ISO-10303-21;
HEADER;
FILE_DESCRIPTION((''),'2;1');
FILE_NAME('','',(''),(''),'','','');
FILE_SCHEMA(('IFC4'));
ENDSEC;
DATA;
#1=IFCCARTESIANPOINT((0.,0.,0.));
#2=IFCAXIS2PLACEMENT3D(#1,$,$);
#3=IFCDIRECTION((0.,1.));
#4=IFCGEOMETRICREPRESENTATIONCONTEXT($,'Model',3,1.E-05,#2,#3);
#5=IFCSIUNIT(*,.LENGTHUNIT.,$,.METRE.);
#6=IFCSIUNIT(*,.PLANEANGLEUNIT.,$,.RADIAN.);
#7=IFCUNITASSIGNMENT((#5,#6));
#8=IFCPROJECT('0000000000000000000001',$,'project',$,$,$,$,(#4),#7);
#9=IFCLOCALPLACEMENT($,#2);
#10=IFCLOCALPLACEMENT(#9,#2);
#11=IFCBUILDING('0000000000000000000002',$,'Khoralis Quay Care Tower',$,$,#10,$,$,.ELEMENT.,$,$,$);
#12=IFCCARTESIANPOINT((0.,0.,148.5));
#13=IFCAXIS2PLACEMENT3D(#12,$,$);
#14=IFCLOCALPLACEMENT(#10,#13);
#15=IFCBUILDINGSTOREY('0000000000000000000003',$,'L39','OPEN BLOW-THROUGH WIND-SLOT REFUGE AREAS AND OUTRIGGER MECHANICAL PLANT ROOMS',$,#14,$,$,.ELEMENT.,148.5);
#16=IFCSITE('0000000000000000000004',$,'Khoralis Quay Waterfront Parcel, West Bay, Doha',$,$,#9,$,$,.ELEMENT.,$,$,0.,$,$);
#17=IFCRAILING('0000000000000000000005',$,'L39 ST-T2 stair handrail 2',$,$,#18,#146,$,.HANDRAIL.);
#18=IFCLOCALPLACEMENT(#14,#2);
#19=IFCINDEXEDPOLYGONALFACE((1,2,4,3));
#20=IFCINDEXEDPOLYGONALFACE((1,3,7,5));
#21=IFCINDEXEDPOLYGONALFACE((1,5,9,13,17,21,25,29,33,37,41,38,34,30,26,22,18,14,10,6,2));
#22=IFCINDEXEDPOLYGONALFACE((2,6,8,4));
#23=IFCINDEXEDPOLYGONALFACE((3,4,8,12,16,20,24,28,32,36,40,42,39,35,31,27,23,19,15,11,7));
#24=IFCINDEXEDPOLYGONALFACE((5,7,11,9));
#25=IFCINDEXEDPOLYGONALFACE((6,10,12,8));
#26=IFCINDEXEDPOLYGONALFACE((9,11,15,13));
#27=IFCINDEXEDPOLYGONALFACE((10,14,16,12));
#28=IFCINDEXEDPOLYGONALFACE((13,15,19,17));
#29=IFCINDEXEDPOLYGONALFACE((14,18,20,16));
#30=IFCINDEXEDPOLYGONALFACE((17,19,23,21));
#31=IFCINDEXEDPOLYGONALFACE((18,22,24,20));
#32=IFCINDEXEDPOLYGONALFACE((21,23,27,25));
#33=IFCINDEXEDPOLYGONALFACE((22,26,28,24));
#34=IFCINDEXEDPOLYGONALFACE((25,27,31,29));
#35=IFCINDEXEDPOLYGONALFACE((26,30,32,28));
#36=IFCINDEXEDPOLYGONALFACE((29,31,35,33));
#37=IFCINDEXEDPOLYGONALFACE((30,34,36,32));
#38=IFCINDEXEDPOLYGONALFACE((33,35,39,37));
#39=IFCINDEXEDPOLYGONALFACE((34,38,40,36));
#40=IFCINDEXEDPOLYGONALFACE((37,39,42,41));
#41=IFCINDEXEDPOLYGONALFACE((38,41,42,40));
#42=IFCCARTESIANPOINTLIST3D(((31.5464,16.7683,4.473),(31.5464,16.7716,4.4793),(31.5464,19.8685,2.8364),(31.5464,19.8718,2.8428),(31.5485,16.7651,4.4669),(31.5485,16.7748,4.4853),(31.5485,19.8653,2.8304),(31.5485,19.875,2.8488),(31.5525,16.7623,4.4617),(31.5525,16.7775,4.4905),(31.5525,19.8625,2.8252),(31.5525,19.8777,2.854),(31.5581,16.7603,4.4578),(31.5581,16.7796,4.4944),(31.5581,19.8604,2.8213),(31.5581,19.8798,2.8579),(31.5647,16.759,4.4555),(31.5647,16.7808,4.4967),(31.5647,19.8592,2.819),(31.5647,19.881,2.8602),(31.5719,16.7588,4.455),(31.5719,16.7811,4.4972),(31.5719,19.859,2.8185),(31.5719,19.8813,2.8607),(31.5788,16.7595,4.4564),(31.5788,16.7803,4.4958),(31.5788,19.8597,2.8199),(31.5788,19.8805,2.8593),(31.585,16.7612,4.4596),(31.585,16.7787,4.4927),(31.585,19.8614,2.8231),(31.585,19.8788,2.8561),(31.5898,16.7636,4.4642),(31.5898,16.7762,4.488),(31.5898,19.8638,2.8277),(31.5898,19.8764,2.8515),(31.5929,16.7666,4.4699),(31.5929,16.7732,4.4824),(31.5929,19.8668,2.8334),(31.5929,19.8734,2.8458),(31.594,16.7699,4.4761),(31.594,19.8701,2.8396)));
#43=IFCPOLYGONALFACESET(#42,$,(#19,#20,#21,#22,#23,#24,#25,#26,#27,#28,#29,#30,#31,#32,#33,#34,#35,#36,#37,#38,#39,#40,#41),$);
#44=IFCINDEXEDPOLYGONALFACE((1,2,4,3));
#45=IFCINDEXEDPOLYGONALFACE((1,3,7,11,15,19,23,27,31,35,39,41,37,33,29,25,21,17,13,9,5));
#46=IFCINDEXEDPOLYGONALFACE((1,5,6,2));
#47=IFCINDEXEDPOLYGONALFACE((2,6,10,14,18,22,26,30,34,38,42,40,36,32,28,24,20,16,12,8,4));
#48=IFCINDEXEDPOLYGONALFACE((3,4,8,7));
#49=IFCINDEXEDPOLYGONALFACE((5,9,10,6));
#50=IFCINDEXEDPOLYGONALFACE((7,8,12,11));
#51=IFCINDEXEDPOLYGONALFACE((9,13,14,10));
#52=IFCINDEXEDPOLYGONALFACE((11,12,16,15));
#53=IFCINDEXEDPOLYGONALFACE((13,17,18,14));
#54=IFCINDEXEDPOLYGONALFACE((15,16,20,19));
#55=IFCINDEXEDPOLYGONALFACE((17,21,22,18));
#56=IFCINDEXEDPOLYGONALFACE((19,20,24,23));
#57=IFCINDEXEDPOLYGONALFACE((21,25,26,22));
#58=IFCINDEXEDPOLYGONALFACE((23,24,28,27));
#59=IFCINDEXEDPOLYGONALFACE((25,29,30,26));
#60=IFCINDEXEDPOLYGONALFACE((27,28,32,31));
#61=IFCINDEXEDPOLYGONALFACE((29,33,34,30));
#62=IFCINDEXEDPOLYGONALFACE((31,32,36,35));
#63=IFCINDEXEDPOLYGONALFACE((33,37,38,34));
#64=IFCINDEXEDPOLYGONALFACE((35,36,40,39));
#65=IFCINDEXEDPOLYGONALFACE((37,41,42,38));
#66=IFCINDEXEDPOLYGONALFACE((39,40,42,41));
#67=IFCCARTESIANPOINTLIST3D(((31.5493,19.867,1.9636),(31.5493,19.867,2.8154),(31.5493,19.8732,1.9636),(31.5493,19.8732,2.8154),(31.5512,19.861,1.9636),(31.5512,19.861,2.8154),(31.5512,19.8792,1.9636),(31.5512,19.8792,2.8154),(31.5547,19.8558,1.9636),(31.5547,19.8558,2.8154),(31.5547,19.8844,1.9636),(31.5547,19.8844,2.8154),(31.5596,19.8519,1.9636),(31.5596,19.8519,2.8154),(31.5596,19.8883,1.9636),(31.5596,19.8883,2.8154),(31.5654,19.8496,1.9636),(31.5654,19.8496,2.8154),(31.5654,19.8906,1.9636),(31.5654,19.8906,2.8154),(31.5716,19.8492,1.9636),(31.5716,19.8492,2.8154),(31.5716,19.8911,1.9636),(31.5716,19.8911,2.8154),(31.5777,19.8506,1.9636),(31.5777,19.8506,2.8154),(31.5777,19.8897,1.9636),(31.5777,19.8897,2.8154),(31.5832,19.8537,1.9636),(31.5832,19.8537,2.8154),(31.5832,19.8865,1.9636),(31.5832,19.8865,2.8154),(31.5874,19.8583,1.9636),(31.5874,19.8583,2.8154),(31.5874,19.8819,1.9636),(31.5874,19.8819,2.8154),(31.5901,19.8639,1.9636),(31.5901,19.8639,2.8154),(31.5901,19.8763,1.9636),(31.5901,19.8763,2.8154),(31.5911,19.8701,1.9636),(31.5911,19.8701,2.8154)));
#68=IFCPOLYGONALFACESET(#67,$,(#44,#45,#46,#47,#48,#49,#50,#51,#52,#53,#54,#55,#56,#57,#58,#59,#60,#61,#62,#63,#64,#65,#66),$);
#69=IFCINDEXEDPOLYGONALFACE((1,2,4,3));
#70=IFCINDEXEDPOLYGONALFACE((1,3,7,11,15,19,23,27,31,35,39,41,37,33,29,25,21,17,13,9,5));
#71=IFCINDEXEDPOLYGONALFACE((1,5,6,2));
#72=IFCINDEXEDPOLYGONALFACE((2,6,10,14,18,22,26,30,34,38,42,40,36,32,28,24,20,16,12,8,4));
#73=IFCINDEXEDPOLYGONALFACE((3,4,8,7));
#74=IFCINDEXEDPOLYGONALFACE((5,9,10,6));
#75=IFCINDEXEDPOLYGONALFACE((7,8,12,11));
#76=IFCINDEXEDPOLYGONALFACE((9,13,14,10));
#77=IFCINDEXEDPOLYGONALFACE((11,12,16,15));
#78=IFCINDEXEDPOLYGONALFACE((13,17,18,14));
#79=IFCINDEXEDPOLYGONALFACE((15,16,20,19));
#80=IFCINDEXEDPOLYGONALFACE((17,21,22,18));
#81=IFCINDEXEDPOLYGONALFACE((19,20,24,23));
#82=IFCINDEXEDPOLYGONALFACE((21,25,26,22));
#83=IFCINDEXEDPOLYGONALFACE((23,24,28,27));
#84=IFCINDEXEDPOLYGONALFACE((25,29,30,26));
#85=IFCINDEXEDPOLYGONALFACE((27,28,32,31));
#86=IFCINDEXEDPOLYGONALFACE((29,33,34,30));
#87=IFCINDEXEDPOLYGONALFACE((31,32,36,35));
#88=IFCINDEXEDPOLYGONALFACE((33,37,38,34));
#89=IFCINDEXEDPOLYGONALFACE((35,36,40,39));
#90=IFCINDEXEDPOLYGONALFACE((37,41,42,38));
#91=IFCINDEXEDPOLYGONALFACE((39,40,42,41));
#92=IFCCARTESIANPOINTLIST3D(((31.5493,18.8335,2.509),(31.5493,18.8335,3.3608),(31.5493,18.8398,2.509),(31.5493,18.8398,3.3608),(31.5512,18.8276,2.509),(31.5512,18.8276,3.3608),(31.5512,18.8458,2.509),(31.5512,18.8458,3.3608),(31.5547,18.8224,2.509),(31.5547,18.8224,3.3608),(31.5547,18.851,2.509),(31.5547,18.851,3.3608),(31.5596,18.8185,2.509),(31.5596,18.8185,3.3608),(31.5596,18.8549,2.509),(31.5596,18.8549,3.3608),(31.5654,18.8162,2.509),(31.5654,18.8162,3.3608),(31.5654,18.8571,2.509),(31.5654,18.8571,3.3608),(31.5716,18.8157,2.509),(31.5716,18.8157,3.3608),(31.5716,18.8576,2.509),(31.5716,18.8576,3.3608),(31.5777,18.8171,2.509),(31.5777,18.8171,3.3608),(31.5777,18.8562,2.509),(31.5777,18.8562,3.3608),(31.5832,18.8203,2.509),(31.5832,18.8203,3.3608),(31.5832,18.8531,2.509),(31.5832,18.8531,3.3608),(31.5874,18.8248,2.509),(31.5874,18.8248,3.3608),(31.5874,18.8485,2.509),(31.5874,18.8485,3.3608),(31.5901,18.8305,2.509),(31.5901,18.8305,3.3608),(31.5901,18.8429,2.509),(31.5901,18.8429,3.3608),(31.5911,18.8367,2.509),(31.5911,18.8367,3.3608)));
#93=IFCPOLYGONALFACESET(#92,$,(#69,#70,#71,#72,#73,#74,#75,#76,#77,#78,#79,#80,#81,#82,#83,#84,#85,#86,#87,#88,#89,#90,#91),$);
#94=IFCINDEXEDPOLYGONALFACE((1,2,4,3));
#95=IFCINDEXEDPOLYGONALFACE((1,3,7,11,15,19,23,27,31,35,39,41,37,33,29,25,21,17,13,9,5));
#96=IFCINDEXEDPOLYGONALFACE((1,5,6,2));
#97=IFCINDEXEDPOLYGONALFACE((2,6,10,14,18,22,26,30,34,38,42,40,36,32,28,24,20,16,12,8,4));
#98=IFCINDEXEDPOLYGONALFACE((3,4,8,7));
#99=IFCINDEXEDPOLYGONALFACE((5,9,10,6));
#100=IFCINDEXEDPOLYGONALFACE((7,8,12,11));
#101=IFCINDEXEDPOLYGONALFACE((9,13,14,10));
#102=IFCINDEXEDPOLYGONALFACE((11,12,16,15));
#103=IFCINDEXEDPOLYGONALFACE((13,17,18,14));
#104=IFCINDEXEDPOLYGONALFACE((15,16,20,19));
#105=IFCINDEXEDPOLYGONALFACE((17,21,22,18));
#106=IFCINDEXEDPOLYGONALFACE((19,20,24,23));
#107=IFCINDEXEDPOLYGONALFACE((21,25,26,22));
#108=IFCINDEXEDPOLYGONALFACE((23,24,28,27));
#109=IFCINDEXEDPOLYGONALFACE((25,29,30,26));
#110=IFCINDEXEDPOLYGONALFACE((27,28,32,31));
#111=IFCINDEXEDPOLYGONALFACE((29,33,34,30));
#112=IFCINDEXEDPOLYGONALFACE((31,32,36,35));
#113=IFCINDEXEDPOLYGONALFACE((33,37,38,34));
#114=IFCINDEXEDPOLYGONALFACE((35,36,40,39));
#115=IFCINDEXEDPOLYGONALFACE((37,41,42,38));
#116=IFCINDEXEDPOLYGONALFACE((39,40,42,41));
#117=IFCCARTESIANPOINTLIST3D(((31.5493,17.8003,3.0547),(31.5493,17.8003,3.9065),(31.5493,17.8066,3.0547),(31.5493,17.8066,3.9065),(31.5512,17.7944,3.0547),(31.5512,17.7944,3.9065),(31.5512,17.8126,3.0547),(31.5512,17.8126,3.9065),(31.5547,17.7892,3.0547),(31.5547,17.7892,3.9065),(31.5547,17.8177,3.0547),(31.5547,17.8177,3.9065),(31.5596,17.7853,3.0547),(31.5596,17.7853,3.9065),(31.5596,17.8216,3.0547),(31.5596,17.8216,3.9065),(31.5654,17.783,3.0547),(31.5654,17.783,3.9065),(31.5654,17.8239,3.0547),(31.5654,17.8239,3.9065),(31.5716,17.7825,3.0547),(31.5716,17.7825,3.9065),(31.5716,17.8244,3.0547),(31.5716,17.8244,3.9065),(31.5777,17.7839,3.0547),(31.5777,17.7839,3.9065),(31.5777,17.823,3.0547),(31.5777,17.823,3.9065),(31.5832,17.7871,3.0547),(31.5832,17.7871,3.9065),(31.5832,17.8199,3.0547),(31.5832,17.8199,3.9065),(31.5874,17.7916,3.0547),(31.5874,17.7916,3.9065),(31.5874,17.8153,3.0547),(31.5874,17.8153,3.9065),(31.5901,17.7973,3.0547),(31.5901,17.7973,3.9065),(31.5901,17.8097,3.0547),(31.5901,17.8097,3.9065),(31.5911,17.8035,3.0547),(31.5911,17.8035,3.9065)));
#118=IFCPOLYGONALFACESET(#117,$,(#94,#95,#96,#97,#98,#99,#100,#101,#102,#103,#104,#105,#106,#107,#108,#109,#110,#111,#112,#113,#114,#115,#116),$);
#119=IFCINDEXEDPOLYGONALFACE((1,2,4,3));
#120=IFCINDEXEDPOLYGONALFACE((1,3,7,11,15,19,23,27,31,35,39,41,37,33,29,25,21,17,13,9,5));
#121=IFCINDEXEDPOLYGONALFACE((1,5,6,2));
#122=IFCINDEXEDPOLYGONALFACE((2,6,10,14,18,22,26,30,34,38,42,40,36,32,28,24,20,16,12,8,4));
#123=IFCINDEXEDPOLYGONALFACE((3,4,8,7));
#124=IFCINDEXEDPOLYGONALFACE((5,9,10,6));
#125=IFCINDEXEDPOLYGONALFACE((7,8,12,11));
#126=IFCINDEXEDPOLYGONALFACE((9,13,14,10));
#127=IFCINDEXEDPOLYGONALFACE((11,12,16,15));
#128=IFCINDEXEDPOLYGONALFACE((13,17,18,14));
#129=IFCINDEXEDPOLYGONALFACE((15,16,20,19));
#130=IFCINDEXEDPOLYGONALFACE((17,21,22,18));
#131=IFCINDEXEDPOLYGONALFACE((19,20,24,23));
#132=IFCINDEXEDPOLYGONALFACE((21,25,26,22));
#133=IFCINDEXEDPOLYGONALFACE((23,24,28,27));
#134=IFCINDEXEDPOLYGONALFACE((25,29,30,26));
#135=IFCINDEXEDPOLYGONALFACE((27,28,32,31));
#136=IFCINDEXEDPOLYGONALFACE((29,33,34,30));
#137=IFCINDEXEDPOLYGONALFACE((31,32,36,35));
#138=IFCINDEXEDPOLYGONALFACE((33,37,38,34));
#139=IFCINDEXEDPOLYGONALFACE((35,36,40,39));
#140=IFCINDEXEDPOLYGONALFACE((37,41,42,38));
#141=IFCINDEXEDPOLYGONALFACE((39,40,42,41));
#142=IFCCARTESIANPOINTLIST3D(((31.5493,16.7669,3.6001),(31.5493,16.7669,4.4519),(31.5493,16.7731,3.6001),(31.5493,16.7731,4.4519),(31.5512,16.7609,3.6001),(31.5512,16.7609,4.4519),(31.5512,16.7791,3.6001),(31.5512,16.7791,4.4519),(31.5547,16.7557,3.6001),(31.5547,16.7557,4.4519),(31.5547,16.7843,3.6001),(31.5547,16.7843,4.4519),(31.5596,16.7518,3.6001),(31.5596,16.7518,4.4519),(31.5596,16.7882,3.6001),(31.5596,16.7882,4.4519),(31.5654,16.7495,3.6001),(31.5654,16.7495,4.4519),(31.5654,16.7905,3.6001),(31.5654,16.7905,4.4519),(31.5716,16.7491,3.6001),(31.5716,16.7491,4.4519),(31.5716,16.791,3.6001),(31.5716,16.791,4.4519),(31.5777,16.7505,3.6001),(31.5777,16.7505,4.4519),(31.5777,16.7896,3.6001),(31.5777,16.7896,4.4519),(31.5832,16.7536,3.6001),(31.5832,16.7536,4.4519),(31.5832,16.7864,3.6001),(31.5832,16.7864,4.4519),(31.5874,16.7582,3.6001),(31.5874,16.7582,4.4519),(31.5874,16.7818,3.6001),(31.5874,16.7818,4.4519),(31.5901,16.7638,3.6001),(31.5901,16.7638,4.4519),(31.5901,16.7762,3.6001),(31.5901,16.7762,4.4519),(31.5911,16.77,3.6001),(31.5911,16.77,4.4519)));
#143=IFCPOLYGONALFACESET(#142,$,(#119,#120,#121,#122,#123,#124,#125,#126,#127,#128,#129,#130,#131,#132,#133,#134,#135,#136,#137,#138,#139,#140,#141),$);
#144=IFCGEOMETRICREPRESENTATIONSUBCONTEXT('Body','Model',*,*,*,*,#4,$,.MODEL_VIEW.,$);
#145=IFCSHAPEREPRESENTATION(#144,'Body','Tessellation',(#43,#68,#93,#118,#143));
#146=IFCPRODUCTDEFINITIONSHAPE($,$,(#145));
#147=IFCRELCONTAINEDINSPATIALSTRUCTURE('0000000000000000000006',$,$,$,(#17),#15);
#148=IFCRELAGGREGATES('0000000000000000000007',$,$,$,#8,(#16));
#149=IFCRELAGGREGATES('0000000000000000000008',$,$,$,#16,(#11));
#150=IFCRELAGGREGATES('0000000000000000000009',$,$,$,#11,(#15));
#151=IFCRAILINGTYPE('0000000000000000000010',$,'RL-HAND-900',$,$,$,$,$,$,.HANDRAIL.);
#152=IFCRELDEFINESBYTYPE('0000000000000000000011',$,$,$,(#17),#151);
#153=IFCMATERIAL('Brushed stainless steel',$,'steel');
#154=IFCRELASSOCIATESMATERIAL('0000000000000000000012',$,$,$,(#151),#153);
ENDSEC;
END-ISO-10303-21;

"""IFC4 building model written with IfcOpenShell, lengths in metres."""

from ifc_helpers import new_model, si_unit, direction, frame, origin, origin_2d, place, context, subcontext, project, spatial, circle, extrude, material, type_object, element, save


model = new_model("IFC4")

# Units and contexts
model_context = context("Model", 3, precision=1e-05, world=origin(), true_north=direction((0.0, 1.0)))
body_context = subcontext(model_context, "Body", "Model", "MODEL_VIEW")
ifc_project = project(units=[si_unit("LENGTHUNIT", "METRE"), si_unit("PLANEANGLEUNIT", "RADIAN")], contexts=[model_context])

# Site, building, storey
site_placement = place(None, origin())
site = spatial("IfcSite", under=ifc_project, at=site_placement, Name="Khoralis Quay Waterfront Parcel, West Bay, Doha", CompositionType="ELEMENT", RefElevation=0.0)
building_placement = place(site_placement, origin())
building = spatial("IfcBuilding", under=site, at=building_placement, Name="Khoralis Quay Care Tower", CompositionType="ELEMENT")
storey_placement = place(building_placement, frame((0.0, 0.0, 148.5)))
storey = spatial("IfcBuildingStorey", under=building, at=storey_placement, Name="L39", Description="OPEN BLOW-THROUGH WIND-SLOT REFUGE AREAS AND OUTRIGGER MECHANICAL PLANT ROOMS", CompositionType="ELEMENT", Elevation=148.5)

# Shared definitions
ifc_material_1 = material(Name="Brushed stainless steel", Category="steel")

# Railing
railing_type_1 = type_object("IfcRailingType", Name="RL-HAND-900", PredefinedType="HANDRAIL", material=ifc_material_1)
railing_1_placement = place(storey_placement, frame((31.5701, 19.8701, 1.9636)))
element("IfcRailing", 1, at=railing_1_placement, inside=storey, type_object=railing_type_1, Name="L39 ST-T2 stair handrail 2", PredefinedType="HANDRAIL", context=body_context, shape_type="SweptSolid", body=[
    extrude(circle(Radius=0.0239, at=origin_2d()), frame((0.0, 0.0, 0.876), z_axis=(0.0, -0.884348, 0.466828), x_axis=(1.0, 0.0, 0.0)), (0.0, 0.0, 1.0), 3.5056),
    extrude(circle(Radius=0.021, at=origin_2d()), origin(), (0.0, 0.0, 1.0), 0.8518),
    extrude(circle(Radius=0.021, at=origin_2d()), frame((0.0, -1.0334, 0.5454)), (0.0, 0.0, 1.0), 0.8518),
    extrude(circle(Radius=0.021, at=origin_2d()), frame((0.0, -2.0667, 1.0911)), (0.0, 0.0, 1.0), 0.8518),
    extrude(circle(Radius=0.021, at=origin_2d()), frame((0.0, -3.1001, 1.6365)), (0.0, 0.0, 1.0), 0.8518),
])

save(model, "model.ifc")
